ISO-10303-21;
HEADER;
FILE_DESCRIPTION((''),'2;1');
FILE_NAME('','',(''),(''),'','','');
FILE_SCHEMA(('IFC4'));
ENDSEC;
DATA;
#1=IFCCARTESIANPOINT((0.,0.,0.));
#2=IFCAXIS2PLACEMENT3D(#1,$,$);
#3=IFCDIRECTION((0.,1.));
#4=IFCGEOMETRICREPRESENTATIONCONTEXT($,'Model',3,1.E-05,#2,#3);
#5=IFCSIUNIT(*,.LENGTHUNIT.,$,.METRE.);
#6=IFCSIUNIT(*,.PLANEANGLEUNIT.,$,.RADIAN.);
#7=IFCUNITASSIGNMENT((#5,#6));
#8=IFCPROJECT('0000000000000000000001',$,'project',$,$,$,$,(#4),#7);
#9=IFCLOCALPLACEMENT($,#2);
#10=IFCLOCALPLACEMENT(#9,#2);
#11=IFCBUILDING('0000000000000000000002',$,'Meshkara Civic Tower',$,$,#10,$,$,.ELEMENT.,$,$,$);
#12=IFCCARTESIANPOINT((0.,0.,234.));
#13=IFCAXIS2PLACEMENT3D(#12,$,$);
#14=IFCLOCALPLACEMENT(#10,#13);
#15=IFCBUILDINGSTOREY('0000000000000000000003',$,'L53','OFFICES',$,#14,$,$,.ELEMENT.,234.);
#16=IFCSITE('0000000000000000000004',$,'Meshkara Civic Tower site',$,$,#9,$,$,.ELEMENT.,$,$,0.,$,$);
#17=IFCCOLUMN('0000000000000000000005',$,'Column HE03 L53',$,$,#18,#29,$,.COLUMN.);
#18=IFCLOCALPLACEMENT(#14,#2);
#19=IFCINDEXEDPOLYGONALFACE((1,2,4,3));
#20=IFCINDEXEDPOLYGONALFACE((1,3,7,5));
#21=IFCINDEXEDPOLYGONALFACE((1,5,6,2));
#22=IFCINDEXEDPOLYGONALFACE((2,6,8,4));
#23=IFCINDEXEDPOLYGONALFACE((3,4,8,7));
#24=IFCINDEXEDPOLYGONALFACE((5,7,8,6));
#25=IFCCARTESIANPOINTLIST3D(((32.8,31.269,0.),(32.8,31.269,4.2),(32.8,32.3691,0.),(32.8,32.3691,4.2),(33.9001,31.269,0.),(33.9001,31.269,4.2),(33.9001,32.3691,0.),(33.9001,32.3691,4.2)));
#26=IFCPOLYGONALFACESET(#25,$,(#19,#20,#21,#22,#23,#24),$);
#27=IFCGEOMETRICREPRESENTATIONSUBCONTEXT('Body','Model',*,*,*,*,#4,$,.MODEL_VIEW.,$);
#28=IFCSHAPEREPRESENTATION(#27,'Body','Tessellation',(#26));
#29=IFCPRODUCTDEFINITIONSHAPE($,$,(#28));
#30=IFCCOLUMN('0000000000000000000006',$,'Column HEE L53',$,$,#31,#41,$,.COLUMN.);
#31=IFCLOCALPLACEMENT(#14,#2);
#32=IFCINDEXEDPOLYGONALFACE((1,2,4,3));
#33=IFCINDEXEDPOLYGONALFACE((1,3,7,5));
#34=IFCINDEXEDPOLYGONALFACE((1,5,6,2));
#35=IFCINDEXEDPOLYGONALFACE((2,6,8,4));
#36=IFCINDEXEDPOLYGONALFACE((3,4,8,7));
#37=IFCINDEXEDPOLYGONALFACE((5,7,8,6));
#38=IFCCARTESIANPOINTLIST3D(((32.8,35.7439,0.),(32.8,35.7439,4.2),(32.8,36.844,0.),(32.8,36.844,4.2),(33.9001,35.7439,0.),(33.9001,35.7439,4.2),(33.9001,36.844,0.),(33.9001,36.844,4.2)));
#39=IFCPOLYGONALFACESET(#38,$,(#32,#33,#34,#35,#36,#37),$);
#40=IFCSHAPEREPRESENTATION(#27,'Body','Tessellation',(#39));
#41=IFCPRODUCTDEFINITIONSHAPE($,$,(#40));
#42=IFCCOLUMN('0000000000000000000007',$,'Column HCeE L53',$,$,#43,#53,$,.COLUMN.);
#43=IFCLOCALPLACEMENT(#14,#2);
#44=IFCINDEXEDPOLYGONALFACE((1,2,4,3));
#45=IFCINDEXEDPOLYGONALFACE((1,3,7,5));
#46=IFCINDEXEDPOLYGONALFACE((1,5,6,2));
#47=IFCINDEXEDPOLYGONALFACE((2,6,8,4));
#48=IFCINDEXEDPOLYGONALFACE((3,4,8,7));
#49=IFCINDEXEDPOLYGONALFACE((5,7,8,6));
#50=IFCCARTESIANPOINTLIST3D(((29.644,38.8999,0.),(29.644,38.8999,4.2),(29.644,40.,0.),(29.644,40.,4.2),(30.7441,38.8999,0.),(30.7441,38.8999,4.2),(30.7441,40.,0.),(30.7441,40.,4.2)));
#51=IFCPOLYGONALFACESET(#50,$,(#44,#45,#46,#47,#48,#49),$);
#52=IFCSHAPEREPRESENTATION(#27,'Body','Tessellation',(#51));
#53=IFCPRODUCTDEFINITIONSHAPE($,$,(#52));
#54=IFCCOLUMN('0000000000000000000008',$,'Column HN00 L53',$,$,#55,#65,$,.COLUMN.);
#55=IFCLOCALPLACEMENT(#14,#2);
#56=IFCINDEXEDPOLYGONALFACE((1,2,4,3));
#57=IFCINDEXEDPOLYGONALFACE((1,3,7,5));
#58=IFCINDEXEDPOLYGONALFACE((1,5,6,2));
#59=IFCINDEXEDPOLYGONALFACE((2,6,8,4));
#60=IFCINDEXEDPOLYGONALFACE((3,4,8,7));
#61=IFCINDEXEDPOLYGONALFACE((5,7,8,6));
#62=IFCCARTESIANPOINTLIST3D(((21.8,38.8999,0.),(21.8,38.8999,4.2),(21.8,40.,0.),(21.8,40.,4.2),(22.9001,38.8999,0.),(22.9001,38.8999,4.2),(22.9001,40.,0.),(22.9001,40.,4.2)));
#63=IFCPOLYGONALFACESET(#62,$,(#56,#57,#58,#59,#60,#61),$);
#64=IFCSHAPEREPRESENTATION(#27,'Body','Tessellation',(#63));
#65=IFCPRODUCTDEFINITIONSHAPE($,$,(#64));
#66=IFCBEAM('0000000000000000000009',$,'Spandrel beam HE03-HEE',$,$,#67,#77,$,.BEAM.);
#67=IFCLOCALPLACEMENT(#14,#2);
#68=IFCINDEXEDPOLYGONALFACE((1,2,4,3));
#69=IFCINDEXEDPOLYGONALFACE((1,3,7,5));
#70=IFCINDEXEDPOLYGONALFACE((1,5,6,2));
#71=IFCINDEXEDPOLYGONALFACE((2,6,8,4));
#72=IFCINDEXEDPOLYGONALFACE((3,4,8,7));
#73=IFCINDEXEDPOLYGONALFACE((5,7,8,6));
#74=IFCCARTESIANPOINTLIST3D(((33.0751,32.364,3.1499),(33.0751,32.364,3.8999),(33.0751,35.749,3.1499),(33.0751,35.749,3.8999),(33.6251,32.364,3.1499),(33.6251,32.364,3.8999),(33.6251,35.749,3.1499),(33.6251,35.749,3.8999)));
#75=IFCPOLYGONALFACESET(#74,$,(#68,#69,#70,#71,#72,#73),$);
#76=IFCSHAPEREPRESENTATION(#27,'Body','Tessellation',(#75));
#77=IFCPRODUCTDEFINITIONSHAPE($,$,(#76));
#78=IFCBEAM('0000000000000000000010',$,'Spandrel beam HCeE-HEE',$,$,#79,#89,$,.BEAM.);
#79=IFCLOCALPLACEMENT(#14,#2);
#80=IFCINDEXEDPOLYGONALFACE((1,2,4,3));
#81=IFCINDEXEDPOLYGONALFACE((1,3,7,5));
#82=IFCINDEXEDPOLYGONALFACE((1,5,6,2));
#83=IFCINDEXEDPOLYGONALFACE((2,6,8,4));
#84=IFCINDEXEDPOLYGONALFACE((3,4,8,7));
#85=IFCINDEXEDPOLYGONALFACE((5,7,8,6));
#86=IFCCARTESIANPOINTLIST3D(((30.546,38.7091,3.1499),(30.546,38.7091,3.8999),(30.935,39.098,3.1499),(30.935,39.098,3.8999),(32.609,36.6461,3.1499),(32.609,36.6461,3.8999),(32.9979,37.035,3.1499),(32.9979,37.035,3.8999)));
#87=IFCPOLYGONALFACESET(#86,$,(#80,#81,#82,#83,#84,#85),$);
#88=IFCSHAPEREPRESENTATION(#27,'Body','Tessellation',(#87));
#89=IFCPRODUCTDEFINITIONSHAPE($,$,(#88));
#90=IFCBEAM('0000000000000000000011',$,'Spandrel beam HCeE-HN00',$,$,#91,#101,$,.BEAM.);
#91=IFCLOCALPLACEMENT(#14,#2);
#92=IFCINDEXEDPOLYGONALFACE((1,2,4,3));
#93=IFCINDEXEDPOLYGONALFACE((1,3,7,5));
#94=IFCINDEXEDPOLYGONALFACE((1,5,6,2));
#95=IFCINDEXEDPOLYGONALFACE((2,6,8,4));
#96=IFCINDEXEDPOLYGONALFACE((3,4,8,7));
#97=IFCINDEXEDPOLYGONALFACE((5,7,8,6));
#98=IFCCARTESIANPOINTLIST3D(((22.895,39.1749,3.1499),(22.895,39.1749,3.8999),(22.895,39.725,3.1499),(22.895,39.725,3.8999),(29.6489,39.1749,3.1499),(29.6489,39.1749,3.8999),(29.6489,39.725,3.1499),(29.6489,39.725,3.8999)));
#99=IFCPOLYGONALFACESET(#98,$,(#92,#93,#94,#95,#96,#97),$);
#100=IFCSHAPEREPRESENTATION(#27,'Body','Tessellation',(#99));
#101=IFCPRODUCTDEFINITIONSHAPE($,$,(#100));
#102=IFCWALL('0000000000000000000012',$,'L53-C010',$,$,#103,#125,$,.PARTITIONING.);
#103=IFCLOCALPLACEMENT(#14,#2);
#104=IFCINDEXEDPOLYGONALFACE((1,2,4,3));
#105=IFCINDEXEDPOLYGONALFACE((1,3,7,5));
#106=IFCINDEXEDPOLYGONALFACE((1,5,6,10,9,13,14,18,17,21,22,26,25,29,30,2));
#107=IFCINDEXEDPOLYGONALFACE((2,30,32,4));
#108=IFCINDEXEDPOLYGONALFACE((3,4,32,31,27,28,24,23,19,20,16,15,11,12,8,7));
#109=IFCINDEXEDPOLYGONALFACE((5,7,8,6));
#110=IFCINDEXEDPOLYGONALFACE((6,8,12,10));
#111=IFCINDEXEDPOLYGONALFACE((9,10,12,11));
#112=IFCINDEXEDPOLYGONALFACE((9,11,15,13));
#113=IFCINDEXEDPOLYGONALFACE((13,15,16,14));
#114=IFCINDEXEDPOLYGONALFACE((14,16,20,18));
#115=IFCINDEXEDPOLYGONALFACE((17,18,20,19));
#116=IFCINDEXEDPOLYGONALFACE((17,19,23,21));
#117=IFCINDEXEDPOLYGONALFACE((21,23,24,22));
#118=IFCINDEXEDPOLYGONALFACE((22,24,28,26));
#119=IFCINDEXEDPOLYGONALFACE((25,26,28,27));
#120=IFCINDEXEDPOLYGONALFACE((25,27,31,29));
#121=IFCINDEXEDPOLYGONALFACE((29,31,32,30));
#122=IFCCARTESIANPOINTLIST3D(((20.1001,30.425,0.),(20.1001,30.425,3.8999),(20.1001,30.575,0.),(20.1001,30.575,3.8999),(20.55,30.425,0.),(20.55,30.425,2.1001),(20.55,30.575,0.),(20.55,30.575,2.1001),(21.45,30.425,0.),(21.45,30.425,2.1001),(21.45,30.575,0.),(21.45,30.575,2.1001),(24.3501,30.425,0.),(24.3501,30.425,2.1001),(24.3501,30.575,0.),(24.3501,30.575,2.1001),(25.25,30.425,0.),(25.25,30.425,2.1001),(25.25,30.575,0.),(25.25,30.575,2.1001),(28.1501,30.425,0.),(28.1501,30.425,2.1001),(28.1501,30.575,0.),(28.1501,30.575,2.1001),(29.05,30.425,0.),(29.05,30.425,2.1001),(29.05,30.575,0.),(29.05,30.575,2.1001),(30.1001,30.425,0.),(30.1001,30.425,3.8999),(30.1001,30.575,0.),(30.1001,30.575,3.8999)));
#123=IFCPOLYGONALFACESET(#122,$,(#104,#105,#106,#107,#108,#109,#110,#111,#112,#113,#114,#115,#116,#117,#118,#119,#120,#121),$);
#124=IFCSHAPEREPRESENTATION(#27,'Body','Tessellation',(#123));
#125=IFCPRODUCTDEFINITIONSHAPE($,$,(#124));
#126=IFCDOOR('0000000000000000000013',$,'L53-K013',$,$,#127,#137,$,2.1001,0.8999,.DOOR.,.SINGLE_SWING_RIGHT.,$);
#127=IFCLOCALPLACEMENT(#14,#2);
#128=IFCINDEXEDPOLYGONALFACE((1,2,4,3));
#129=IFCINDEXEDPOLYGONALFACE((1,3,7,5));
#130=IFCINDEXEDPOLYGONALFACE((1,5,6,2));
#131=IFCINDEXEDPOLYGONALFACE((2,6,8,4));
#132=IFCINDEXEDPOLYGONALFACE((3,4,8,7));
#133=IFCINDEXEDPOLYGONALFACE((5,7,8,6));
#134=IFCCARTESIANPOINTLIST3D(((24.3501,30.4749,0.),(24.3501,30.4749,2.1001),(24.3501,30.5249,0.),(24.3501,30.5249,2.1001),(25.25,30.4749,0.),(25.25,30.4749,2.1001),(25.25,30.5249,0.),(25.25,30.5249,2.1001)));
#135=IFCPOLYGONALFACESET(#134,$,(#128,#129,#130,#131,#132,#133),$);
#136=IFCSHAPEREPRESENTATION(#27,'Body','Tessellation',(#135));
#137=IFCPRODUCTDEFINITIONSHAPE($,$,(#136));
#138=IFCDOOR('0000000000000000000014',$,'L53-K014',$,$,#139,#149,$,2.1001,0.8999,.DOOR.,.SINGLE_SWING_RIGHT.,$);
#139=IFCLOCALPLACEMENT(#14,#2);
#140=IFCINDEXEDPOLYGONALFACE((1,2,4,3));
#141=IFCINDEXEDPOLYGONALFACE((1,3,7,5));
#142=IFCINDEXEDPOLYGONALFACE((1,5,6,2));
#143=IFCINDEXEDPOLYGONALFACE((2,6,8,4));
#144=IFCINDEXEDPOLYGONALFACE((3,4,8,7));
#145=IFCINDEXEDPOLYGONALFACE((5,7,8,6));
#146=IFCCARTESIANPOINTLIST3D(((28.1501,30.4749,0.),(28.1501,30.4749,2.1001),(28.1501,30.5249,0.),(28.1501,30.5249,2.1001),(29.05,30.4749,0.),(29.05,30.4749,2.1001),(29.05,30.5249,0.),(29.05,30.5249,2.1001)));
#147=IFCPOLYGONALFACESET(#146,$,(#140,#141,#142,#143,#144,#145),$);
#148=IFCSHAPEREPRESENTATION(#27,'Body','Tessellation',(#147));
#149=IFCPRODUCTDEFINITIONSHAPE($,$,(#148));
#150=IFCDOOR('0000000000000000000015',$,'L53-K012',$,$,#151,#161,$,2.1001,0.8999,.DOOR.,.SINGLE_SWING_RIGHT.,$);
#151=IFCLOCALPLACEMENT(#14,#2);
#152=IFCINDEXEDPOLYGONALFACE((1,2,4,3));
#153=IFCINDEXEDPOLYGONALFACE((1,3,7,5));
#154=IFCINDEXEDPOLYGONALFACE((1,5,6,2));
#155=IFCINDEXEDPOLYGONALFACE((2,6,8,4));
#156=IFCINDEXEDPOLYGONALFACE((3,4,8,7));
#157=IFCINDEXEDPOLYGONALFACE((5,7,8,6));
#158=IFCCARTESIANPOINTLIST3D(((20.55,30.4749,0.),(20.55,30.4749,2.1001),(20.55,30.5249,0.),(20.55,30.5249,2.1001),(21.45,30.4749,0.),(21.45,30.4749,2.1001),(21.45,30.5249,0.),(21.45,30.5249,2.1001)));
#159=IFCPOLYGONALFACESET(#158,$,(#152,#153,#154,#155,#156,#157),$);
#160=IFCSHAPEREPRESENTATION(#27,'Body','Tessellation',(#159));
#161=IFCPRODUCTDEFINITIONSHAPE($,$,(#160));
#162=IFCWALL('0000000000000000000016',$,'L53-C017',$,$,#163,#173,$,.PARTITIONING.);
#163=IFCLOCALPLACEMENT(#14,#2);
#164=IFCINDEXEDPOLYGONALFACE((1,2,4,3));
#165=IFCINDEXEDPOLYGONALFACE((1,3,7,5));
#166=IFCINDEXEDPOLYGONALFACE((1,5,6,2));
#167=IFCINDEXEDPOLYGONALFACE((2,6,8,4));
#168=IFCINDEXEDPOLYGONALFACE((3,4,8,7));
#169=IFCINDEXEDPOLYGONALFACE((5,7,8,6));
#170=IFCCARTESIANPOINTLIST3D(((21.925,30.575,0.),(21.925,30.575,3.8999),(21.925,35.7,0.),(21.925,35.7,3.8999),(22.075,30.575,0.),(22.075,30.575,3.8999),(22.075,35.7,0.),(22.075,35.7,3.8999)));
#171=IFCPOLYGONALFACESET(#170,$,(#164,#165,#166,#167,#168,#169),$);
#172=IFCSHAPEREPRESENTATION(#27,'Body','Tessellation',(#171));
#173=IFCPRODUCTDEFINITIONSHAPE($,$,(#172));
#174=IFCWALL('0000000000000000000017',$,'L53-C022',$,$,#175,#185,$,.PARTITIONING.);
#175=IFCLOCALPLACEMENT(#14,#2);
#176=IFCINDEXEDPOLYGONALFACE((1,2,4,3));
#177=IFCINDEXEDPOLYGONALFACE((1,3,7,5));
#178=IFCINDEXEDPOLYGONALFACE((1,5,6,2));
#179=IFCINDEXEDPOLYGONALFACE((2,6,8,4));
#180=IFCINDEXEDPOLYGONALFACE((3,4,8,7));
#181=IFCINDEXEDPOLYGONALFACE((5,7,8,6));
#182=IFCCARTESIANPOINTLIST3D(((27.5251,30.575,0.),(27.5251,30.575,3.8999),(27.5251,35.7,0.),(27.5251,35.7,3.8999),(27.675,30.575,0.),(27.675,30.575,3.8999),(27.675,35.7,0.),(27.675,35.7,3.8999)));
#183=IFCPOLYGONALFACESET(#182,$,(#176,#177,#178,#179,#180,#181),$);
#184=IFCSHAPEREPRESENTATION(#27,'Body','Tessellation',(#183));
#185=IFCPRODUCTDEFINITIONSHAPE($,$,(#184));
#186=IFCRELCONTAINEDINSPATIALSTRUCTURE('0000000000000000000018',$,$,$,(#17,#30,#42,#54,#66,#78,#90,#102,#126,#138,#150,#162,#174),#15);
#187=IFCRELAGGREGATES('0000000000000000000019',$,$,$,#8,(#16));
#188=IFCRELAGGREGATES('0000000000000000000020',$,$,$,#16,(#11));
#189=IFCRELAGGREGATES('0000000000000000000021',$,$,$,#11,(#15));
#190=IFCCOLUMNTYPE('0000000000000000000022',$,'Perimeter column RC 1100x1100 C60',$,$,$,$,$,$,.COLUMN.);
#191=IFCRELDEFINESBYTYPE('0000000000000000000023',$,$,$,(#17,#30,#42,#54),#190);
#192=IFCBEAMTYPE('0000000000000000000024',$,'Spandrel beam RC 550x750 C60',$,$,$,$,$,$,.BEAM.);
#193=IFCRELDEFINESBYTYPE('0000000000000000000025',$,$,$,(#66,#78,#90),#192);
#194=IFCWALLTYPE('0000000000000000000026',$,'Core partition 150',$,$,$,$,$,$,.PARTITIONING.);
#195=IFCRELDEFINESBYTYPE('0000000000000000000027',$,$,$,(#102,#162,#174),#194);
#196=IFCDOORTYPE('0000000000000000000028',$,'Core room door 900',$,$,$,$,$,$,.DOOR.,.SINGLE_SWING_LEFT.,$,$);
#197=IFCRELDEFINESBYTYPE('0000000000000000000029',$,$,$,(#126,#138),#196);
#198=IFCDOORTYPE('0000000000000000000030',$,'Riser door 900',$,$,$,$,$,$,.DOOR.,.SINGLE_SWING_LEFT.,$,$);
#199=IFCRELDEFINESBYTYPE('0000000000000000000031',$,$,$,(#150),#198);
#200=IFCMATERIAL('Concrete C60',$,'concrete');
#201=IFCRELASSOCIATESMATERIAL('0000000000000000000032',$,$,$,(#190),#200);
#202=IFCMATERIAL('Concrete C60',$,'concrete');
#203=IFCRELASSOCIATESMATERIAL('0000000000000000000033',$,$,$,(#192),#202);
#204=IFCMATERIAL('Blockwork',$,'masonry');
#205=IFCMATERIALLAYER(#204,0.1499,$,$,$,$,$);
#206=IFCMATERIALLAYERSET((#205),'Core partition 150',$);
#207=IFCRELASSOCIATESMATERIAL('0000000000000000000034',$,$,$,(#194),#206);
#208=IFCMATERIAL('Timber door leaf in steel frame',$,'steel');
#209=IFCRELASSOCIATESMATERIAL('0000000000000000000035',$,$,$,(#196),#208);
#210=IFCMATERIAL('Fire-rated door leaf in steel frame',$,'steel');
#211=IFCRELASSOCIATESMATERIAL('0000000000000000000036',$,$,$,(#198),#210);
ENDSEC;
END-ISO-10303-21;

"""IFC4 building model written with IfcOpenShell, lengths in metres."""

from ifc_helpers import new_model, si_unit, direction, frame, frame_2d, origin, origin_2d, place, context, subcontext, project, spatial, rectangle, extrude, material, layer, layer_set, material_profile, profile_set, type_object, element, fill, save


model = new_model("IFC4")

# Units and contexts
model_context = context("Model", 3, precision=1e-05, world=origin(), true_north=direction((0.0, 1.0)))
body_context = subcontext(model_context, "Body", "Model", "MODEL_VIEW")
ifc_project = project(units=[si_unit("LENGTHUNIT", "METRE"), si_unit("PLANEANGLEUNIT", "RADIAN")], contexts=[model_context])

# Site, building, storey
site_placement = place(None, origin())
site = spatial("IfcSite", under=ifc_project, at=site_placement, Name="Meshkara Civic Tower site", CompositionType="ELEMENT", RefElevation=0.0)
building_placement = place(site_placement, origin())
building = spatial("IfcBuilding", under=site, at=building_placement, Name="Meshkara Civic Tower", CompositionType="ELEMENT")
storey_placement = place(building_placement, frame((0.0, 0.0, 234.0)))
storey = spatial("IfcBuildingStorey", under=building, at=storey_placement, Name="L53", Description="OFFICES", CompositionType="ELEMENT", Elevation=234.0)

# Columns
ifc_material_1 = material(Name="Concrete C60", Category="concrete")
ifc_material_profile_1 = material_profile(ifc_material_1, rectangle(XDim=1.1001, YDim=1.1001, at=origin_2d()))
ifc_profile_set_1 = profile_set([ifc_material_profile_1], Name="Concrete C60")
column_type = type_object("IfcColumnType", Name="Perimeter column RC 1100x1100 C60", PredefinedType="COLUMN", material=ifc_profile_set_1)
for number, where, z_axis, x_axis, name in (
    (1, (33.3501, 31.8191, 0.0), (0.0, 0.0, 1.0), (1.0, 0.0, 0.0), "Column HE03 L53"),
    (2, (33.3501, 36.2939, 0.0), (0.0, 0.0, 1.0), (1.0, 0.0, 0.0), "Column HEE L53"),
    (3, (30.1941, 39.45, 0.0), (0.0, 0.0, 1.0), (1.0, 0.0, 0.0), "Column HCeE L53"),
    (4, (22.3501, 39.45, 0.0), (0.0, 0.0, 1.0), (1.0, 0.0, 0.0), "Column HN00 L53"),
):
    element("IfcColumn", number, at=place(storey_placement, frame(where, z_axis=z_axis, x_axis=x_axis)), inside=storey, type_object=column_type, Name=name, PredefinedType="COLUMN", context=body_context, shape_type="SweptSolid", body=[
        extrude(rectangle(XDim=1.1001, YDim=1.1001, at=origin_2d()), origin(), (0.0, 0.0, 1.0), 4.2),
    ])

# Beams
ifc_material_2 = material(Name="Concrete C60", Category="concrete")
ifc_material_profile_2 = material_profile(ifc_material_2, rectangle(XDim=0.55, YDim=0.75, at=origin_2d()))
ifc_profile_set_2 = profile_set([ifc_material_profile_2], Name="Concrete C60")
beam_type = type_object("IfcBeamType", Name="Spandrel beam RC 550x750 C60", PredefinedType="BEAM", material=ifc_profile_set_2)
beam_1_placement = place(storey_placement, frame((33.3501, 32.364, 3.5249), z_axis=(0.0, 1.0, 0.0), x_axis=(-1.0, 0.0, 0.0)))
element("IfcBeam", 5, at=beam_1_placement, inside=storey, type_object=beam_type, Name="Spandrel beam HE03-HEE", PredefinedType="BEAM", context=body_context, shape_type="SweptSolid", body=[
    extrude(rectangle(XDim=0.55, YDim=0.75, at=origin_2d()), origin(), (0.0, 0.0, 1.0), 3.385),
])
beam_2_placement = place(storey_placement, frame((32.8035, 36.8406, 3.5249), z_axis=(-0.707107, 0.707107, 0.0), x_axis=(-0.707107, -0.707107, 0.0)))
element("IfcBeam", 6, at=beam_2_placement, inside=storey, type_object=beam_type, Name="Spandrel beam HCeE-HEE", PredefinedType="BEAM", context=body_context, shape_type="SweptSolid", body=[
    extrude(rectangle(XDim=0.55, YDim=0.75, at=origin_2d()), origin(), (0.0, 0.0, 1.0), 2.9175),
])
beam_3_placement = place(storey_placement, frame((29.6489, 39.45, 3.5249), z_axis=(-1.0, 0.0, 0.0), x_axis=(0.0, -1.0, 0.0)))
element("IfcBeam", 7, at=beam_3_placement, inside=storey, type_object=beam_type, Name="Spandrel beam HCeE-HN00", PredefinedType="BEAM", context=body_context, shape_type="SweptSolid", body=[
    extrude(rectangle(XDim=0.55, YDim=0.75, at=origin_2d()), origin(), (0.0, 0.0, 1.0), 6.7539),
])

# Wall, openings, doors
ifc_material_3 = material(Name="Blockwork", Category="masonry")
ifc_layer_1 = layer(ifc_material_3, 0.1499)
ifc_layer_set_1 = layer_set([ifc_layer_1], Name="Core partition 150")
wall_type_1 = type_object("IfcWallType", Name="Core partition 150", PredefinedType="PARTITIONING", material=ifc_layer_set_1)
wall_1_placement = place(storey_placement, frame((20.1001, 30.5, 0.0), z_axis=(0.0, 0.0, 1.0), x_axis=(1.0, 0.0, 0.0)))
wall_1 = element("IfcWall", 8, at=wall_1_placement, inside=storey, type_object=wall_type_1, Name="L53-C010", PredefinedType="PARTITIONING", context=body_context, shape_type="SweptSolid", body=[
    extrude(rectangle(XDim=10.0, YDim=0.1499, at=frame_2d((5.0, 0.0))), origin(), (0.0, 0.0, 1.0), 3.8999),
])
opening_1_placement = place(wall_1_placement, frame((0.45, 0.0, 0.0)))
opening_1 = element("IfcOpeningElement", 9, at=opening_1_placement, cuts=wall_1, PredefinedType="OPENING", context=body_context, shape_type="SweptSolid", body=[
    extrude(rectangle(XDim=0.8999, YDim=2.1001, at=frame_2d((0.45, 1.05))), frame((0.0, 0.085, 0.0), z_axis=(0.0, -1.0, 0.0), x_axis=(1.0, 0.0, 0.0)), (0.0, 0.0, 1.0), 0.1699),
])
opening_2_placement = place(wall_1_placement, frame((4.25, 0.0, 0.0)))
opening_2 = element("IfcOpeningElement", 10, at=opening_2_placement, cuts=wall_1, PredefinedType="OPENING", context=body_context, shape_type="SweptSolid", body=[
    extrude(rectangle(XDim=0.8999, YDim=2.1001, at=frame_2d((0.45, 1.05))), frame((0.0, 0.085, 0.0), z_axis=(0.0, -1.0, 0.0), x_axis=(1.0, 0.0, 0.0)), (0.0, 0.0, 1.0), 0.1699),
])
opening_3_placement = place(wall_1_placement, frame((8.05, 0.0, 0.0)))
opening_3 = element("IfcOpeningElement", 11, at=opening_3_placement, cuts=wall_1, PredefinedType="OPENING", context=body_context, shape_type="SweptSolid", body=[
    extrude(rectangle(XDim=0.8999, YDim=2.1001, at=frame_2d((0.45, 1.05))), frame((0.0, 0.085, 0.0), z_axis=(0.0, -1.0, 0.0), x_axis=(1.0, 0.0, 0.0)), (0.0, 0.0, 1.0), 0.1699),
])
ifc_material_4 = material(Name="Timber door leaf in steel frame", Category="steel")
door_type_1 = type_object("IfcDoorType", Name="Core room door 900", OperationType="SINGLE_SWING_LEFT", PredefinedType="DOOR", material=ifc_material_4)
door_1_placement = place(opening_2_placement, origin())
door_1 = element("IfcDoor", 12, at=door_1_placement, inside=storey, type_object=door_type_1, Name="L53-K013", OperationType="SINGLE_SWING_RIGHT", OverallHeight=2.1001, OverallWidth=0.8999, PredefinedType="DOOR", context=body_context, shape_type="SweptSolid", body=[
    extrude(rectangle(XDim=0.8999, YDim=2.1001, at=frame_2d((0.45, 1.05))), frame((0.0, 0.0249, 0.0), z_axis=(0.0, -1.0, 0.0), x_axis=(1.0, 0.0, 0.0)), (0.0, 0.0, 1.0), 0.05),
])
fill(opening_2, door_1)
door_2_placement = place(opening_3_placement, origin())
door_2 = element("IfcDoor", 13, at=door_2_placement, inside=storey, type_object=door_type_1, Name="L53-K014", OperationType="SINGLE_SWING_RIGHT", OverallHeight=2.1001, OverallWidth=0.8999, PredefinedType="DOOR", context=body_context, shape_type="SweptSolid", body=[
    extrude(rectangle(XDim=0.8999, YDim=2.1001, at=frame_2d((0.45, 1.05))), frame((0.0, 0.0249, 0.0), z_axis=(0.0, -1.0, 0.0), x_axis=(1.0, 0.0, 0.0)), (0.0, 0.0, 1.0), 0.05),
])
fill(opening_3, door_2)
ifc_material_5 = material(Name="Fire-rated door leaf in steel frame", Category="steel")
door_type_2 = type_object("IfcDoorType", Name="Riser door 900", OperationType="SINGLE_SWING_LEFT", PredefinedType="DOOR", material=ifc_material_5)
door_3_placement = place(opening_1_placement, origin())
door_3 = element("IfcDoor", 14, at=door_3_placement, inside=storey, type_object=door_type_2, Name="L53-K012", OperationType="SINGLE_SWING_RIGHT", OverallHeight=2.1001, OverallWidth=0.8999, PredefinedType="DOOR", context=body_context, shape_type="SweptSolid", body=[
    extrude(rectangle(XDim=0.8999, YDim=2.1001, at=frame_2d((0.45, 1.05))), frame((0.0, 0.0249, 0.0), z_axis=(0.0, -1.0, 0.0), x_axis=(1.0, 0.0, 0.0)), (0.0, 0.0, 1.0), 0.05),
])
fill(opening_1, door_3)

# Walls
for number, where, z_axis, x_axis, name in (
    (15, (22.0, 30.575, 0.0), (0.0, 0.0, 1.0), (0.0, 1.0, 0.0), "L53-C017"),
    (16, (27.6001, 30.575, 0.0), (0.0, 0.0, 1.0), (0.0, 1.0, 0.0), "L53-C022"),
):
    element("IfcWall", number, at=place(storey_placement, frame(where, z_axis=z_axis, x_axis=x_axis)), inside=storey, type_object=wall_type_1, Name=name, PredefinedType="PARTITIONING", context=body_context, shape_type="SweptSolid", body=[
        extrude(rectangle(XDim=5.125, YDim=0.1499, at=frame_2d((2.5625, 0.0))), origin(), (0.0, 0.0, 1.0), 3.8999),
    ])

save(model, "model.ifc")
